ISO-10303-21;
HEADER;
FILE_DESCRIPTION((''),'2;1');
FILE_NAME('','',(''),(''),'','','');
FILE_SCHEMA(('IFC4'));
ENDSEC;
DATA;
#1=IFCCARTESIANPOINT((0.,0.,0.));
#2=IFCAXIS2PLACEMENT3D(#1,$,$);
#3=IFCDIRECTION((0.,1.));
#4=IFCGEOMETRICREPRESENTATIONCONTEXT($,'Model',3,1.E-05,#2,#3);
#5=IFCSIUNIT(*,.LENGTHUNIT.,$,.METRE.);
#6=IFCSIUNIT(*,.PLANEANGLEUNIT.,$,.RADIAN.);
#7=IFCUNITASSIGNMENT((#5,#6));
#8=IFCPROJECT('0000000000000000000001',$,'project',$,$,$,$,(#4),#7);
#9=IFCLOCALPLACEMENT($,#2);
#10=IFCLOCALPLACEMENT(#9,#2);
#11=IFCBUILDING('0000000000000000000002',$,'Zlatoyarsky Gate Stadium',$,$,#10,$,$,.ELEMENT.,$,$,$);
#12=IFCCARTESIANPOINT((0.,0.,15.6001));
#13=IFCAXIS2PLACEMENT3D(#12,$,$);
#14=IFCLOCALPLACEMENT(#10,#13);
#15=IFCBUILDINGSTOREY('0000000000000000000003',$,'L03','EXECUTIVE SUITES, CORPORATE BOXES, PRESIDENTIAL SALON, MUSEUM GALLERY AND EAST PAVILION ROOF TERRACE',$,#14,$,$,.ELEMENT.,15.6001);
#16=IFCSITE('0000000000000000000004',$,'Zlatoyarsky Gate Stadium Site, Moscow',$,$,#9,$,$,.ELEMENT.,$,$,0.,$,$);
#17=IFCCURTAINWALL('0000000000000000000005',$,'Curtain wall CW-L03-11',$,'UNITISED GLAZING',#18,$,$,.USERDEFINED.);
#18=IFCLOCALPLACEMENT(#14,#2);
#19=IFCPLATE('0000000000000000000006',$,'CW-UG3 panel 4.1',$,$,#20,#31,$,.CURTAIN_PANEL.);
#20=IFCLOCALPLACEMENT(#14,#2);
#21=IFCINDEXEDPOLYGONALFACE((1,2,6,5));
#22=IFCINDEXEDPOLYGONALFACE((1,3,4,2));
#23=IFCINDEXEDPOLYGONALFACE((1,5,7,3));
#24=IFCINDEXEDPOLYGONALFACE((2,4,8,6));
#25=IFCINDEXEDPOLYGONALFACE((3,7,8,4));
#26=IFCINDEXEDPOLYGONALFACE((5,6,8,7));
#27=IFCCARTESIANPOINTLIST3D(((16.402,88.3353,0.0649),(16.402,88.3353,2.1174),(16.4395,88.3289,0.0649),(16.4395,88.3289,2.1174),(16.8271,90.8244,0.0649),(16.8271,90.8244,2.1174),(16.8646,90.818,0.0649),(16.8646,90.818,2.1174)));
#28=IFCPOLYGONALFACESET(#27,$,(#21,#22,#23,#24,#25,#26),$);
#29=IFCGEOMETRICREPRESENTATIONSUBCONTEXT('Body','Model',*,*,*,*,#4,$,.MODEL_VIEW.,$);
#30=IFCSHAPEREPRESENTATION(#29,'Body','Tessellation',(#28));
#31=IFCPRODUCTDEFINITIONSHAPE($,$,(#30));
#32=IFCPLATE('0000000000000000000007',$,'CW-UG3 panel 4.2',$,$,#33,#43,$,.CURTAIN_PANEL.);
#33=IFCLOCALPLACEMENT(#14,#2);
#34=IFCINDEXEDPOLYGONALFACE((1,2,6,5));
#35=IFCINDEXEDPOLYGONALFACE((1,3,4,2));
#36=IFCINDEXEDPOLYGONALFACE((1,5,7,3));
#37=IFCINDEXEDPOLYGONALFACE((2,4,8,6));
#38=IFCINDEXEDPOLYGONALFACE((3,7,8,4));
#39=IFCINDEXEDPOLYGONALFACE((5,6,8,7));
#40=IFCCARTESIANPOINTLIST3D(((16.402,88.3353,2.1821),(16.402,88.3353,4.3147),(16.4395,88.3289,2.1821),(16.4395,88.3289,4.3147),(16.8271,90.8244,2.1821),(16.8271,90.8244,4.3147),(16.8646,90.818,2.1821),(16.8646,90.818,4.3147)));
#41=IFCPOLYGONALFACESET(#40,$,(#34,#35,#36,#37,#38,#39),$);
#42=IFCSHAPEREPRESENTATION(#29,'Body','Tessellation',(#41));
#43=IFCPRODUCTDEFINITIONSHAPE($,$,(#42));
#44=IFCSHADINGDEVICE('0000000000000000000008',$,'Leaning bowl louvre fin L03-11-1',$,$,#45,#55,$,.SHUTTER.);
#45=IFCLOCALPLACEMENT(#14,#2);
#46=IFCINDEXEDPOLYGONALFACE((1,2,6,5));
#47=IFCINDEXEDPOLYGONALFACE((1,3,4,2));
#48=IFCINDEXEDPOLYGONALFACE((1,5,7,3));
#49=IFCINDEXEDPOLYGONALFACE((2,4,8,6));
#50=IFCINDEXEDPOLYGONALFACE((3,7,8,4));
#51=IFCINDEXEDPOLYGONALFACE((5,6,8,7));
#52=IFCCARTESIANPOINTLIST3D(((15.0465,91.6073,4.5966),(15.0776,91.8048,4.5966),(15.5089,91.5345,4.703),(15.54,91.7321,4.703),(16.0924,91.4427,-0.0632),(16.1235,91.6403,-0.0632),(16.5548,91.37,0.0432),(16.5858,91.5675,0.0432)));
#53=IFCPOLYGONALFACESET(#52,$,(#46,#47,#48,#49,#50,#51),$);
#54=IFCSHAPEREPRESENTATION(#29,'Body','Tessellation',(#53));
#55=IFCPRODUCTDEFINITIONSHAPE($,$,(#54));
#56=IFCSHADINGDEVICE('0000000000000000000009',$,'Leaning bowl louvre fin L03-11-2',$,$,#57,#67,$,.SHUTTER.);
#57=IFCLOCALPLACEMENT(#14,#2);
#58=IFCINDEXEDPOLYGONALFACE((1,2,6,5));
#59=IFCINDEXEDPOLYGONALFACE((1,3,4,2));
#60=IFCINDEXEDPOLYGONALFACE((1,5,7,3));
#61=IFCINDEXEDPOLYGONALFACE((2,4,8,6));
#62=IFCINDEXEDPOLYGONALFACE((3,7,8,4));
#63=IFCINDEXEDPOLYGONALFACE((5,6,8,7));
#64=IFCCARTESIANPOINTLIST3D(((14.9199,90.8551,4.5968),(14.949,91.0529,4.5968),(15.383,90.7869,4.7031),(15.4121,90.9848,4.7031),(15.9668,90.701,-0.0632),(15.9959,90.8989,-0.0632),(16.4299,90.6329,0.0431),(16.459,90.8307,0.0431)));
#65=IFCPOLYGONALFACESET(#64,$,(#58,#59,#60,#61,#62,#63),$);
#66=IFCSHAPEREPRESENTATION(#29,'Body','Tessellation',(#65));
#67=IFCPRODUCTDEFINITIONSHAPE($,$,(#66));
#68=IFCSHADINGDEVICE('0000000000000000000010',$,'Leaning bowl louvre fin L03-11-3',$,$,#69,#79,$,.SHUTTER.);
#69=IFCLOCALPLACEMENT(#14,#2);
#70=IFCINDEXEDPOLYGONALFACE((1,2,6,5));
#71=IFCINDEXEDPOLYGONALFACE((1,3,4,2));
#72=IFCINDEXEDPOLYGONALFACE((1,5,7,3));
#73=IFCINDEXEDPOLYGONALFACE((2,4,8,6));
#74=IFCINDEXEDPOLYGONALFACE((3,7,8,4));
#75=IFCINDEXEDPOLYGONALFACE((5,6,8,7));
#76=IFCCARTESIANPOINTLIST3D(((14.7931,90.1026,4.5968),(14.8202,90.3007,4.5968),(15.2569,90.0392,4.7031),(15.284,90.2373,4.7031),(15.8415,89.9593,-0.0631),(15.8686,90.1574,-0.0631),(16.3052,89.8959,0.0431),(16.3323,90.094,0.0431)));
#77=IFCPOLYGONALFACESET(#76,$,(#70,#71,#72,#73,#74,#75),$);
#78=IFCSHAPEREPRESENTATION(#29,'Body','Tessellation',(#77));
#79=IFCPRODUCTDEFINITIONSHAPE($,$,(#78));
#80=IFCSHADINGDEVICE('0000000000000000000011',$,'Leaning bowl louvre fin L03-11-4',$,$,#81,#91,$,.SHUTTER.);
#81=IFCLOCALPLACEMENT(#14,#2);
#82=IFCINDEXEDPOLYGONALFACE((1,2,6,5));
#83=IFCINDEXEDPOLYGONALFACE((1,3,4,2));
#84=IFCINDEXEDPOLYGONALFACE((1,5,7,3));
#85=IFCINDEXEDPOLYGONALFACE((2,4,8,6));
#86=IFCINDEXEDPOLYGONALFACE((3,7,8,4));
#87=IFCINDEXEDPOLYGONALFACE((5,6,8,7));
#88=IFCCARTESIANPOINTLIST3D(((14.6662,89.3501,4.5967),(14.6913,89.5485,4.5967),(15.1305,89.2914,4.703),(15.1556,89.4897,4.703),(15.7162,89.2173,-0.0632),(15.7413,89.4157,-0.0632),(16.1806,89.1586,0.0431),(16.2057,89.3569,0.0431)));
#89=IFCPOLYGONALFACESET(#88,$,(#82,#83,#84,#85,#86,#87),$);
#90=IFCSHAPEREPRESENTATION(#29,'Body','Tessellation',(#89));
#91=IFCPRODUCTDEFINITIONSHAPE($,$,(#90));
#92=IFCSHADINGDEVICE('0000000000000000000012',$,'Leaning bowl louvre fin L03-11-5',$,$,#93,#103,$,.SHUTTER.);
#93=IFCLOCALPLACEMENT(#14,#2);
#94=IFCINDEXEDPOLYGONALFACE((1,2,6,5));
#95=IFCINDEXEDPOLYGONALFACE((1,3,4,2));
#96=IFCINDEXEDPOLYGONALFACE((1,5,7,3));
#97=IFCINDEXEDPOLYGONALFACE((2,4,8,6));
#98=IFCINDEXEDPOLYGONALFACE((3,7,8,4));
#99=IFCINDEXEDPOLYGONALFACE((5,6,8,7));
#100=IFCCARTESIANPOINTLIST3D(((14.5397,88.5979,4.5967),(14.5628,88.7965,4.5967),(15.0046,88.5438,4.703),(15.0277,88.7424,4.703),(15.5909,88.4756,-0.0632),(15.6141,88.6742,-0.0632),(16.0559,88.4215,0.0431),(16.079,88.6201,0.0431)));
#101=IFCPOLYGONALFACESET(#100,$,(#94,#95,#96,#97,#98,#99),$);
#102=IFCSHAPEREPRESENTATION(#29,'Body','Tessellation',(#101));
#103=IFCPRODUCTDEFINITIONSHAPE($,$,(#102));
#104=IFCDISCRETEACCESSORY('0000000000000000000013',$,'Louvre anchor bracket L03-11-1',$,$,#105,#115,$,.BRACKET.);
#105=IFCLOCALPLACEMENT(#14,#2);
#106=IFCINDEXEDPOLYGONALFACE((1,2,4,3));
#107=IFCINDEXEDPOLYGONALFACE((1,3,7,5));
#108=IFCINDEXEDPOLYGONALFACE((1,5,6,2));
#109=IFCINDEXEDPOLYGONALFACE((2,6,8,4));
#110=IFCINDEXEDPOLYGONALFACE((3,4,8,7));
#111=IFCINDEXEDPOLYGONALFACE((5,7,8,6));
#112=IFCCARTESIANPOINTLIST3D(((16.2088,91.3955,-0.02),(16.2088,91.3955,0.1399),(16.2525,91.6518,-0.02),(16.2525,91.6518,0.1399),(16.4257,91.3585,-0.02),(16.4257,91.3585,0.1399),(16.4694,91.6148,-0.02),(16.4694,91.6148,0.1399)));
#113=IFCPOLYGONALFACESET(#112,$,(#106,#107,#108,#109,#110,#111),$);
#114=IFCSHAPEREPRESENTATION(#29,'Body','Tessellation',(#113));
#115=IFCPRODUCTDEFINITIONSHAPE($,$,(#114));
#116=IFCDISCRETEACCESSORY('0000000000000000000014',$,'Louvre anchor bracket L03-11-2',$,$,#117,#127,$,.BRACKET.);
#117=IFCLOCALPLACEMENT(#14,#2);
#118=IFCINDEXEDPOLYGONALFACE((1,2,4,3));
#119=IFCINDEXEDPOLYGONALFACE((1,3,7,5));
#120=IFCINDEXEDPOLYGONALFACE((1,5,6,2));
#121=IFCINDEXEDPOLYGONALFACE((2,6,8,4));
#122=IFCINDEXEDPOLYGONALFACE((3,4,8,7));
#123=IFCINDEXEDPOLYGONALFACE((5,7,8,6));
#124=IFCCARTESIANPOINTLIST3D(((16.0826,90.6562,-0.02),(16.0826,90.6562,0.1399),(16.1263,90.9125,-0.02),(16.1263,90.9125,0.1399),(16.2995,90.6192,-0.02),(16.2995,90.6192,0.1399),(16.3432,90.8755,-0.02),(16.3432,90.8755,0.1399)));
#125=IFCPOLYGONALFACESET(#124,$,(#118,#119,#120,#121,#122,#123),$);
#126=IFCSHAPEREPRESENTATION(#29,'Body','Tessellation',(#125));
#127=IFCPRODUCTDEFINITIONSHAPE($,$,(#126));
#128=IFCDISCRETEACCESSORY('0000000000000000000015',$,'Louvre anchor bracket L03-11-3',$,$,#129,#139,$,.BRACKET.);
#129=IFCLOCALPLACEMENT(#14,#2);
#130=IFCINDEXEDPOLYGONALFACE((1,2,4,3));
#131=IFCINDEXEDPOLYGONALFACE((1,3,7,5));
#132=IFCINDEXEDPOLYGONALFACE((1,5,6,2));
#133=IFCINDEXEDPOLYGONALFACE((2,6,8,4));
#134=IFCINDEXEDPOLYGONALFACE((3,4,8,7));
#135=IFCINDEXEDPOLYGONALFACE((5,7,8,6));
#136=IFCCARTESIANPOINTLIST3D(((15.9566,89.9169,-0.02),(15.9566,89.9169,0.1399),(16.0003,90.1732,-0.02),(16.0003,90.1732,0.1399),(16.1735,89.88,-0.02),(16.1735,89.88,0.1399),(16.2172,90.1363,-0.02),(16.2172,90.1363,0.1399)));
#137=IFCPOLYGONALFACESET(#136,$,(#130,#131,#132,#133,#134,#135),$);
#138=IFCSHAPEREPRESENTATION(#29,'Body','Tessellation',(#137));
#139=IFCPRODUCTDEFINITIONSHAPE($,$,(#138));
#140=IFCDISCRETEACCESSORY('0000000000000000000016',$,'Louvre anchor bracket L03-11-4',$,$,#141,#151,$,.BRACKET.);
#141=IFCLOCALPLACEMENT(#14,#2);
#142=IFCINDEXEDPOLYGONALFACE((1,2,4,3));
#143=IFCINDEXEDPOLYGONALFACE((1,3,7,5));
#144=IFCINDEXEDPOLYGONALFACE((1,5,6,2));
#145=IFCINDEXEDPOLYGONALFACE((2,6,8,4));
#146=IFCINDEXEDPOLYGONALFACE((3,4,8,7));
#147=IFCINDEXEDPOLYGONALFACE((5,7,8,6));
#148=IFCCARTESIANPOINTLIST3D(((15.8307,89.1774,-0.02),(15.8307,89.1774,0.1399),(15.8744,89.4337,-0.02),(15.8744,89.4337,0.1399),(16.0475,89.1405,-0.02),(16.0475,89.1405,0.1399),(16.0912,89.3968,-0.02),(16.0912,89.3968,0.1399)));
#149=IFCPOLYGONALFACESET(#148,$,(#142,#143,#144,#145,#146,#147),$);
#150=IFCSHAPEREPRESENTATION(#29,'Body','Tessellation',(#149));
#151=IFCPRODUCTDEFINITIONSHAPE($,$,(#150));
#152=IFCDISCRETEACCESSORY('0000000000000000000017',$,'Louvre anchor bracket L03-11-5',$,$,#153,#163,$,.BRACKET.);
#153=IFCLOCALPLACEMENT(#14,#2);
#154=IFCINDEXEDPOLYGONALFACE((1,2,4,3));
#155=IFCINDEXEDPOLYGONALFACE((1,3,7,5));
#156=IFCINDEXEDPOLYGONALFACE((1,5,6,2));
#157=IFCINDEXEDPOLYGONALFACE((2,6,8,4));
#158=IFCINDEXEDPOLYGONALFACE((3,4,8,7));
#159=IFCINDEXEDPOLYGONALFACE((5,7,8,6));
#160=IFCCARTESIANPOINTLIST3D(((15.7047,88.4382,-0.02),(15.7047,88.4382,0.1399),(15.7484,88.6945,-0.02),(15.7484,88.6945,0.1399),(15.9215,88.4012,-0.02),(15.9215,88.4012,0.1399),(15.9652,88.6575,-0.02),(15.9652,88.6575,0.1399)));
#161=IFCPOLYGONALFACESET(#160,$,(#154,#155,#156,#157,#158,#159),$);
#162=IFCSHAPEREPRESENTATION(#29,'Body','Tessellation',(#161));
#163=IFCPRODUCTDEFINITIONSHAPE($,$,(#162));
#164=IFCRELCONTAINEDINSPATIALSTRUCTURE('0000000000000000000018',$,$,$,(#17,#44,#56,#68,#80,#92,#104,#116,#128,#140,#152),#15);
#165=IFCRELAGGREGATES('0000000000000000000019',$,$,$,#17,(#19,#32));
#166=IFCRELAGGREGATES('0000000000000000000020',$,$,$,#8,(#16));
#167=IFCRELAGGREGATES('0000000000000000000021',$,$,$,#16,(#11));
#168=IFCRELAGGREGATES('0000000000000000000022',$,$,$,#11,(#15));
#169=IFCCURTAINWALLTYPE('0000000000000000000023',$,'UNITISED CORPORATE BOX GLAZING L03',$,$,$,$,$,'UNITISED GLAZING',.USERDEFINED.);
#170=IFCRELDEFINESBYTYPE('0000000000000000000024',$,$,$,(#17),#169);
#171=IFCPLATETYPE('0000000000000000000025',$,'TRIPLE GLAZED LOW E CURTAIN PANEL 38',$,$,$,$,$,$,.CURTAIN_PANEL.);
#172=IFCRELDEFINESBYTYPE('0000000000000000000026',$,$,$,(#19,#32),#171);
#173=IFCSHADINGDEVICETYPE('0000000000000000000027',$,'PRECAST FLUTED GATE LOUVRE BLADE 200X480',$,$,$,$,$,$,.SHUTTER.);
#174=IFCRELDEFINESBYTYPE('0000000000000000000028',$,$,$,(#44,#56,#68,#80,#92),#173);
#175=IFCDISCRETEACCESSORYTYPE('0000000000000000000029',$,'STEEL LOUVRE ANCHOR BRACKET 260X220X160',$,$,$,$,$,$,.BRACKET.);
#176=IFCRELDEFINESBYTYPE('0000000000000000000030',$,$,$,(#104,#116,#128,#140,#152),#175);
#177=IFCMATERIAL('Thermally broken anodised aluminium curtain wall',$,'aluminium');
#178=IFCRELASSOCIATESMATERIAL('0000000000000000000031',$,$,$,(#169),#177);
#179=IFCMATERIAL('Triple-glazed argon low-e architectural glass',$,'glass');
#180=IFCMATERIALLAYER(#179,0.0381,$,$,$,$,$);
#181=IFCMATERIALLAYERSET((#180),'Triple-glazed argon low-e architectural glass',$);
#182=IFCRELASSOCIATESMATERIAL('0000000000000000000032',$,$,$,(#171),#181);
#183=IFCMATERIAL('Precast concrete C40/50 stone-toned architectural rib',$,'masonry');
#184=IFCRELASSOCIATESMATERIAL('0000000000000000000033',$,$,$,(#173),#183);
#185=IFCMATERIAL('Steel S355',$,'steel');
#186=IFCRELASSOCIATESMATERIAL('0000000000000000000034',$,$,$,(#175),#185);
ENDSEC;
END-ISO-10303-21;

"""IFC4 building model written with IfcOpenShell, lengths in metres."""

from ifc_helpers import new_model, si_unit, direction, frame, origin, origin_2d, place, context, subcontext, project, spatial, rectangle, extrude, material, layer, layer_set, material_profile, profile_set, type_object, element, aggregate, save


model = new_model("IFC4")

# Units and contexts
model_context = context("Model", 3, precision=1e-05, world=origin(), true_north=direction((0.0, 1.0)))
body_context = subcontext(model_context, "Body", "Model", "MODEL_VIEW")
ifc_project = project(units=[si_unit("LENGTHUNIT", "METRE"), si_unit("PLANEANGLEUNIT", "RADIAN")], contexts=[model_context])

# Site, building, storey
site_placement = place(None, origin())
site = spatial("IfcSite", under=ifc_project, at=site_placement, Name="Zlatoyarsky Gate Stadium Site, Moscow", CompositionType="ELEMENT", RefElevation=0.0)
building_placement = place(site_placement, origin())
building = spatial("IfcBuilding", under=site, at=building_placement, Name="Zlatoyarsky Gate Stadium", CompositionType="ELEMENT")
storey_placement = place(building_placement, frame((0.0, 0.0, 15.6001)))
storey = spatial("IfcBuildingStorey", under=building, at=storey_placement, Name="L03", Description="EXECUTIVE SUITES, CORPORATE BOXES, PRESIDENTIAL SALON, MUSEUM GALLERY AND EAST PAVILION ROOF TERRACE", CompositionType="ELEMENT", Elevation=15.6001)

# Curtain wall
ifc_material_1 = material(Name="Thermally broken anodised aluminium curtain wall", Category="aluminium")
curtain_wall_type_1 = type_object("IfcCurtainWallType", Name="UNITISED CORPORATE BOX GLAZING L03", ElementType="UNITISED GLAZING", PredefinedType="USERDEFINED", material=ifc_material_1)
curtain_wall_1_placement = place(storey_placement, origin())
curtain_wall_1 = element("IfcCurtainWall", 1, at=curtain_wall_1_placement, inside=storey, type_object=curtain_wall_type_1, Name="Curtain wall CW-L03-11", ObjectType="UNITISED GLAZING", PredefinedType="USERDEFINED")

# Shared definitions
ifc_material_2 = material(Name="Steel S355", Category="steel")

# Plates
ifc_material_3 = material(Name="Triple-glazed argon low-e architectural glass", Category="glass")
ifc_layer_1 = layer(ifc_material_3, 0.0381)
ifc_layer_set_1 = layer_set([ifc_layer_1], Name="Triple-glazed argon low-e architectural glass")
plate_type_1 = type_object("IfcPlateType", Name="TRIPLE GLAZED LOW E CURTAIN PANEL 38", PredefinedType="CURTAIN_PANEL", material=ifc_layer_set_1)
plate_1_placement = place(storey_placement, frame((16.6333, 89.5767, 0.0649), z_axis=(0.0, 0.0, 1.0), x_axis=(-0.168356, -0.985726, 0.0)))
plate_1 = element("IfcPlate", 2, at=plate_1_placement, type_object=plate_type_1, Name="CW-UG3 panel 4.1", PredefinedType="CURTAIN_PANEL", context=body_context, shape_type="SweptSolid", body=[
    extrude(rectangle(XDim=2.5251, YDim=0.0381, at=origin_2d()), origin(), (0.0, 0.0, 1.0), 2.0525),
])
plate_2_placement = place(storey_placement, frame((16.6333, 89.5767, 2.1821), z_axis=(0.0, 0.0, 1.0), x_axis=(-0.168356, -0.985726, 0.0)))
plate_2 = element("IfcPlate", 3, at=plate_2_placement, type_object=plate_type_1, Name="CW-UG3 panel 4.2", PredefinedType="CURTAIN_PANEL", context=body_context, shape_type="SweptSolid", body=[
    extrude(rectangle(XDim=2.5251, YDim=0.0381, at=origin_2d()), origin(), (0.0, 0.0, 1.0), 2.1326),
])
aggregate(curtain_wall_1, [plate_1, plate_2])

# Shading devices
ifc_material_4 = material(Name="Precast concrete C40/50 stone-toned architectural rib", Category="masonry")
ifc_material_profile_1 = material_profile(ifc_material_4, rectangle(XDim=0.2, YDim=0.48, at=origin_2d()), Name="RIB 200X480")
ifc_profile_set_1 = profile_set([ifc_material_profile_1], Name="Precast concrete C40/50 stone-toned architectural rib")
shading_device_type = type_object("IfcShadingDeviceType", Name="PRECAST FLUTED GATE LOUVRE BLADE 200X480", PredefinedType="SHUTTER", material=ifc_profile_set_1)
for number, where, z_axis, x_axis, name in (
    (4, (16.3391, 91.5051, -0.01), (-0.218868, 0.034434, 0.975147), (-0.155418, -0.987849, 0.0), "Leaning bowl louvre fin L03-11-1"),
    (5, (16.2129, 90.7659, -0.01), (-0.219078, 0.032238, 0.975175), (-0.145587, -0.989345, 0.0), "Leaning bowl louvre fin L03-11-2"),
    (6, (16.0869, 90.0266, -0.01), (-0.219385, 0.029991, 0.975177), (-0.135443, -0.990785, 0.0), "Leaning bowl louvre fin L03-11-3"),
    (7, (15.9609, 89.2871, -0.01), (-0.21974, 0.027793, 0.975163), (-0.125482, -0.992096, 0.0), "Leaning bowl louvre fin L03-11-4"),
    (8, (15.835, 88.5479, -0.01), (-0.219996, 0.025596, 0.975165), (-0.11557, -0.993299, 0.0), "Leaning bowl louvre fin L03-11-5"),
):
    element("IfcShadingDevice", number, at=place(storey_placement, frame(where, z_axis=z_axis, x_axis=x_axis)), inside=storey, type_object=shading_device_type, Name=name, PredefinedType="SHUTTER", context=body_context, shape_type="SweptSolid", body=[
        extrude(rectangle(XDim=0.2, YDim=0.48, at=origin_2d()), origin(), (0.0, 0.0, 1.0), 4.7786),
    ])

# Discrete accessories
discrete_accessory_type = type_object("IfcDiscreteAccessoryType", Name="STEEL LOUVRE ANCHOR BRACKET 260X220X160", PredefinedType="BRACKET", material=ifc_material_2)
for number, where, z_axis, x_axis, name in (
    (9, (16.3391, 91.5051, -0.02), (0.0, 0.0, 1.0), (-0.168041, -0.98578, 0.0), "Louvre anchor bracket L03-11-1"),
    (10, (16.2129, 90.7659, -0.02), (0.0, 0.0, 1.0), (-0.168041, -0.98578, 0.0), "Louvre anchor bracket L03-11-2"),
    (11, (16.0869, 90.0266, -0.02), (0.0, 0.0, 1.0), (-0.168041, -0.98578, 0.0), "Louvre anchor bracket L03-11-3"),
    (12, (15.9609, 89.2871, -0.02), (0.0, 0.0, 1.0), (-0.168041, -0.98578, 0.0), "Louvre anchor bracket L03-11-4"),
    (13, (15.835, 88.5479, -0.02), (0.0, 0.0, 1.0), (-0.168041, -0.98578, 0.0), "Louvre anchor bracket L03-11-5"),
):
    element("IfcDiscreteAccessory", number, at=place(storey_placement, frame(where, z_axis=z_axis, x_axis=x_axis)), inside=storey, type_object=discrete_accessory_type, Name=name, PredefinedType="BRACKET", context=body_context, shape_type="SweptSolid", body=[
        extrude(rectangle(XDim=0.26, YDim=0.22, at=origin_2d()), origin(), (0.0, 0.0, 1.0), 0.1599),
    ])

save(model, "model.ifc")
